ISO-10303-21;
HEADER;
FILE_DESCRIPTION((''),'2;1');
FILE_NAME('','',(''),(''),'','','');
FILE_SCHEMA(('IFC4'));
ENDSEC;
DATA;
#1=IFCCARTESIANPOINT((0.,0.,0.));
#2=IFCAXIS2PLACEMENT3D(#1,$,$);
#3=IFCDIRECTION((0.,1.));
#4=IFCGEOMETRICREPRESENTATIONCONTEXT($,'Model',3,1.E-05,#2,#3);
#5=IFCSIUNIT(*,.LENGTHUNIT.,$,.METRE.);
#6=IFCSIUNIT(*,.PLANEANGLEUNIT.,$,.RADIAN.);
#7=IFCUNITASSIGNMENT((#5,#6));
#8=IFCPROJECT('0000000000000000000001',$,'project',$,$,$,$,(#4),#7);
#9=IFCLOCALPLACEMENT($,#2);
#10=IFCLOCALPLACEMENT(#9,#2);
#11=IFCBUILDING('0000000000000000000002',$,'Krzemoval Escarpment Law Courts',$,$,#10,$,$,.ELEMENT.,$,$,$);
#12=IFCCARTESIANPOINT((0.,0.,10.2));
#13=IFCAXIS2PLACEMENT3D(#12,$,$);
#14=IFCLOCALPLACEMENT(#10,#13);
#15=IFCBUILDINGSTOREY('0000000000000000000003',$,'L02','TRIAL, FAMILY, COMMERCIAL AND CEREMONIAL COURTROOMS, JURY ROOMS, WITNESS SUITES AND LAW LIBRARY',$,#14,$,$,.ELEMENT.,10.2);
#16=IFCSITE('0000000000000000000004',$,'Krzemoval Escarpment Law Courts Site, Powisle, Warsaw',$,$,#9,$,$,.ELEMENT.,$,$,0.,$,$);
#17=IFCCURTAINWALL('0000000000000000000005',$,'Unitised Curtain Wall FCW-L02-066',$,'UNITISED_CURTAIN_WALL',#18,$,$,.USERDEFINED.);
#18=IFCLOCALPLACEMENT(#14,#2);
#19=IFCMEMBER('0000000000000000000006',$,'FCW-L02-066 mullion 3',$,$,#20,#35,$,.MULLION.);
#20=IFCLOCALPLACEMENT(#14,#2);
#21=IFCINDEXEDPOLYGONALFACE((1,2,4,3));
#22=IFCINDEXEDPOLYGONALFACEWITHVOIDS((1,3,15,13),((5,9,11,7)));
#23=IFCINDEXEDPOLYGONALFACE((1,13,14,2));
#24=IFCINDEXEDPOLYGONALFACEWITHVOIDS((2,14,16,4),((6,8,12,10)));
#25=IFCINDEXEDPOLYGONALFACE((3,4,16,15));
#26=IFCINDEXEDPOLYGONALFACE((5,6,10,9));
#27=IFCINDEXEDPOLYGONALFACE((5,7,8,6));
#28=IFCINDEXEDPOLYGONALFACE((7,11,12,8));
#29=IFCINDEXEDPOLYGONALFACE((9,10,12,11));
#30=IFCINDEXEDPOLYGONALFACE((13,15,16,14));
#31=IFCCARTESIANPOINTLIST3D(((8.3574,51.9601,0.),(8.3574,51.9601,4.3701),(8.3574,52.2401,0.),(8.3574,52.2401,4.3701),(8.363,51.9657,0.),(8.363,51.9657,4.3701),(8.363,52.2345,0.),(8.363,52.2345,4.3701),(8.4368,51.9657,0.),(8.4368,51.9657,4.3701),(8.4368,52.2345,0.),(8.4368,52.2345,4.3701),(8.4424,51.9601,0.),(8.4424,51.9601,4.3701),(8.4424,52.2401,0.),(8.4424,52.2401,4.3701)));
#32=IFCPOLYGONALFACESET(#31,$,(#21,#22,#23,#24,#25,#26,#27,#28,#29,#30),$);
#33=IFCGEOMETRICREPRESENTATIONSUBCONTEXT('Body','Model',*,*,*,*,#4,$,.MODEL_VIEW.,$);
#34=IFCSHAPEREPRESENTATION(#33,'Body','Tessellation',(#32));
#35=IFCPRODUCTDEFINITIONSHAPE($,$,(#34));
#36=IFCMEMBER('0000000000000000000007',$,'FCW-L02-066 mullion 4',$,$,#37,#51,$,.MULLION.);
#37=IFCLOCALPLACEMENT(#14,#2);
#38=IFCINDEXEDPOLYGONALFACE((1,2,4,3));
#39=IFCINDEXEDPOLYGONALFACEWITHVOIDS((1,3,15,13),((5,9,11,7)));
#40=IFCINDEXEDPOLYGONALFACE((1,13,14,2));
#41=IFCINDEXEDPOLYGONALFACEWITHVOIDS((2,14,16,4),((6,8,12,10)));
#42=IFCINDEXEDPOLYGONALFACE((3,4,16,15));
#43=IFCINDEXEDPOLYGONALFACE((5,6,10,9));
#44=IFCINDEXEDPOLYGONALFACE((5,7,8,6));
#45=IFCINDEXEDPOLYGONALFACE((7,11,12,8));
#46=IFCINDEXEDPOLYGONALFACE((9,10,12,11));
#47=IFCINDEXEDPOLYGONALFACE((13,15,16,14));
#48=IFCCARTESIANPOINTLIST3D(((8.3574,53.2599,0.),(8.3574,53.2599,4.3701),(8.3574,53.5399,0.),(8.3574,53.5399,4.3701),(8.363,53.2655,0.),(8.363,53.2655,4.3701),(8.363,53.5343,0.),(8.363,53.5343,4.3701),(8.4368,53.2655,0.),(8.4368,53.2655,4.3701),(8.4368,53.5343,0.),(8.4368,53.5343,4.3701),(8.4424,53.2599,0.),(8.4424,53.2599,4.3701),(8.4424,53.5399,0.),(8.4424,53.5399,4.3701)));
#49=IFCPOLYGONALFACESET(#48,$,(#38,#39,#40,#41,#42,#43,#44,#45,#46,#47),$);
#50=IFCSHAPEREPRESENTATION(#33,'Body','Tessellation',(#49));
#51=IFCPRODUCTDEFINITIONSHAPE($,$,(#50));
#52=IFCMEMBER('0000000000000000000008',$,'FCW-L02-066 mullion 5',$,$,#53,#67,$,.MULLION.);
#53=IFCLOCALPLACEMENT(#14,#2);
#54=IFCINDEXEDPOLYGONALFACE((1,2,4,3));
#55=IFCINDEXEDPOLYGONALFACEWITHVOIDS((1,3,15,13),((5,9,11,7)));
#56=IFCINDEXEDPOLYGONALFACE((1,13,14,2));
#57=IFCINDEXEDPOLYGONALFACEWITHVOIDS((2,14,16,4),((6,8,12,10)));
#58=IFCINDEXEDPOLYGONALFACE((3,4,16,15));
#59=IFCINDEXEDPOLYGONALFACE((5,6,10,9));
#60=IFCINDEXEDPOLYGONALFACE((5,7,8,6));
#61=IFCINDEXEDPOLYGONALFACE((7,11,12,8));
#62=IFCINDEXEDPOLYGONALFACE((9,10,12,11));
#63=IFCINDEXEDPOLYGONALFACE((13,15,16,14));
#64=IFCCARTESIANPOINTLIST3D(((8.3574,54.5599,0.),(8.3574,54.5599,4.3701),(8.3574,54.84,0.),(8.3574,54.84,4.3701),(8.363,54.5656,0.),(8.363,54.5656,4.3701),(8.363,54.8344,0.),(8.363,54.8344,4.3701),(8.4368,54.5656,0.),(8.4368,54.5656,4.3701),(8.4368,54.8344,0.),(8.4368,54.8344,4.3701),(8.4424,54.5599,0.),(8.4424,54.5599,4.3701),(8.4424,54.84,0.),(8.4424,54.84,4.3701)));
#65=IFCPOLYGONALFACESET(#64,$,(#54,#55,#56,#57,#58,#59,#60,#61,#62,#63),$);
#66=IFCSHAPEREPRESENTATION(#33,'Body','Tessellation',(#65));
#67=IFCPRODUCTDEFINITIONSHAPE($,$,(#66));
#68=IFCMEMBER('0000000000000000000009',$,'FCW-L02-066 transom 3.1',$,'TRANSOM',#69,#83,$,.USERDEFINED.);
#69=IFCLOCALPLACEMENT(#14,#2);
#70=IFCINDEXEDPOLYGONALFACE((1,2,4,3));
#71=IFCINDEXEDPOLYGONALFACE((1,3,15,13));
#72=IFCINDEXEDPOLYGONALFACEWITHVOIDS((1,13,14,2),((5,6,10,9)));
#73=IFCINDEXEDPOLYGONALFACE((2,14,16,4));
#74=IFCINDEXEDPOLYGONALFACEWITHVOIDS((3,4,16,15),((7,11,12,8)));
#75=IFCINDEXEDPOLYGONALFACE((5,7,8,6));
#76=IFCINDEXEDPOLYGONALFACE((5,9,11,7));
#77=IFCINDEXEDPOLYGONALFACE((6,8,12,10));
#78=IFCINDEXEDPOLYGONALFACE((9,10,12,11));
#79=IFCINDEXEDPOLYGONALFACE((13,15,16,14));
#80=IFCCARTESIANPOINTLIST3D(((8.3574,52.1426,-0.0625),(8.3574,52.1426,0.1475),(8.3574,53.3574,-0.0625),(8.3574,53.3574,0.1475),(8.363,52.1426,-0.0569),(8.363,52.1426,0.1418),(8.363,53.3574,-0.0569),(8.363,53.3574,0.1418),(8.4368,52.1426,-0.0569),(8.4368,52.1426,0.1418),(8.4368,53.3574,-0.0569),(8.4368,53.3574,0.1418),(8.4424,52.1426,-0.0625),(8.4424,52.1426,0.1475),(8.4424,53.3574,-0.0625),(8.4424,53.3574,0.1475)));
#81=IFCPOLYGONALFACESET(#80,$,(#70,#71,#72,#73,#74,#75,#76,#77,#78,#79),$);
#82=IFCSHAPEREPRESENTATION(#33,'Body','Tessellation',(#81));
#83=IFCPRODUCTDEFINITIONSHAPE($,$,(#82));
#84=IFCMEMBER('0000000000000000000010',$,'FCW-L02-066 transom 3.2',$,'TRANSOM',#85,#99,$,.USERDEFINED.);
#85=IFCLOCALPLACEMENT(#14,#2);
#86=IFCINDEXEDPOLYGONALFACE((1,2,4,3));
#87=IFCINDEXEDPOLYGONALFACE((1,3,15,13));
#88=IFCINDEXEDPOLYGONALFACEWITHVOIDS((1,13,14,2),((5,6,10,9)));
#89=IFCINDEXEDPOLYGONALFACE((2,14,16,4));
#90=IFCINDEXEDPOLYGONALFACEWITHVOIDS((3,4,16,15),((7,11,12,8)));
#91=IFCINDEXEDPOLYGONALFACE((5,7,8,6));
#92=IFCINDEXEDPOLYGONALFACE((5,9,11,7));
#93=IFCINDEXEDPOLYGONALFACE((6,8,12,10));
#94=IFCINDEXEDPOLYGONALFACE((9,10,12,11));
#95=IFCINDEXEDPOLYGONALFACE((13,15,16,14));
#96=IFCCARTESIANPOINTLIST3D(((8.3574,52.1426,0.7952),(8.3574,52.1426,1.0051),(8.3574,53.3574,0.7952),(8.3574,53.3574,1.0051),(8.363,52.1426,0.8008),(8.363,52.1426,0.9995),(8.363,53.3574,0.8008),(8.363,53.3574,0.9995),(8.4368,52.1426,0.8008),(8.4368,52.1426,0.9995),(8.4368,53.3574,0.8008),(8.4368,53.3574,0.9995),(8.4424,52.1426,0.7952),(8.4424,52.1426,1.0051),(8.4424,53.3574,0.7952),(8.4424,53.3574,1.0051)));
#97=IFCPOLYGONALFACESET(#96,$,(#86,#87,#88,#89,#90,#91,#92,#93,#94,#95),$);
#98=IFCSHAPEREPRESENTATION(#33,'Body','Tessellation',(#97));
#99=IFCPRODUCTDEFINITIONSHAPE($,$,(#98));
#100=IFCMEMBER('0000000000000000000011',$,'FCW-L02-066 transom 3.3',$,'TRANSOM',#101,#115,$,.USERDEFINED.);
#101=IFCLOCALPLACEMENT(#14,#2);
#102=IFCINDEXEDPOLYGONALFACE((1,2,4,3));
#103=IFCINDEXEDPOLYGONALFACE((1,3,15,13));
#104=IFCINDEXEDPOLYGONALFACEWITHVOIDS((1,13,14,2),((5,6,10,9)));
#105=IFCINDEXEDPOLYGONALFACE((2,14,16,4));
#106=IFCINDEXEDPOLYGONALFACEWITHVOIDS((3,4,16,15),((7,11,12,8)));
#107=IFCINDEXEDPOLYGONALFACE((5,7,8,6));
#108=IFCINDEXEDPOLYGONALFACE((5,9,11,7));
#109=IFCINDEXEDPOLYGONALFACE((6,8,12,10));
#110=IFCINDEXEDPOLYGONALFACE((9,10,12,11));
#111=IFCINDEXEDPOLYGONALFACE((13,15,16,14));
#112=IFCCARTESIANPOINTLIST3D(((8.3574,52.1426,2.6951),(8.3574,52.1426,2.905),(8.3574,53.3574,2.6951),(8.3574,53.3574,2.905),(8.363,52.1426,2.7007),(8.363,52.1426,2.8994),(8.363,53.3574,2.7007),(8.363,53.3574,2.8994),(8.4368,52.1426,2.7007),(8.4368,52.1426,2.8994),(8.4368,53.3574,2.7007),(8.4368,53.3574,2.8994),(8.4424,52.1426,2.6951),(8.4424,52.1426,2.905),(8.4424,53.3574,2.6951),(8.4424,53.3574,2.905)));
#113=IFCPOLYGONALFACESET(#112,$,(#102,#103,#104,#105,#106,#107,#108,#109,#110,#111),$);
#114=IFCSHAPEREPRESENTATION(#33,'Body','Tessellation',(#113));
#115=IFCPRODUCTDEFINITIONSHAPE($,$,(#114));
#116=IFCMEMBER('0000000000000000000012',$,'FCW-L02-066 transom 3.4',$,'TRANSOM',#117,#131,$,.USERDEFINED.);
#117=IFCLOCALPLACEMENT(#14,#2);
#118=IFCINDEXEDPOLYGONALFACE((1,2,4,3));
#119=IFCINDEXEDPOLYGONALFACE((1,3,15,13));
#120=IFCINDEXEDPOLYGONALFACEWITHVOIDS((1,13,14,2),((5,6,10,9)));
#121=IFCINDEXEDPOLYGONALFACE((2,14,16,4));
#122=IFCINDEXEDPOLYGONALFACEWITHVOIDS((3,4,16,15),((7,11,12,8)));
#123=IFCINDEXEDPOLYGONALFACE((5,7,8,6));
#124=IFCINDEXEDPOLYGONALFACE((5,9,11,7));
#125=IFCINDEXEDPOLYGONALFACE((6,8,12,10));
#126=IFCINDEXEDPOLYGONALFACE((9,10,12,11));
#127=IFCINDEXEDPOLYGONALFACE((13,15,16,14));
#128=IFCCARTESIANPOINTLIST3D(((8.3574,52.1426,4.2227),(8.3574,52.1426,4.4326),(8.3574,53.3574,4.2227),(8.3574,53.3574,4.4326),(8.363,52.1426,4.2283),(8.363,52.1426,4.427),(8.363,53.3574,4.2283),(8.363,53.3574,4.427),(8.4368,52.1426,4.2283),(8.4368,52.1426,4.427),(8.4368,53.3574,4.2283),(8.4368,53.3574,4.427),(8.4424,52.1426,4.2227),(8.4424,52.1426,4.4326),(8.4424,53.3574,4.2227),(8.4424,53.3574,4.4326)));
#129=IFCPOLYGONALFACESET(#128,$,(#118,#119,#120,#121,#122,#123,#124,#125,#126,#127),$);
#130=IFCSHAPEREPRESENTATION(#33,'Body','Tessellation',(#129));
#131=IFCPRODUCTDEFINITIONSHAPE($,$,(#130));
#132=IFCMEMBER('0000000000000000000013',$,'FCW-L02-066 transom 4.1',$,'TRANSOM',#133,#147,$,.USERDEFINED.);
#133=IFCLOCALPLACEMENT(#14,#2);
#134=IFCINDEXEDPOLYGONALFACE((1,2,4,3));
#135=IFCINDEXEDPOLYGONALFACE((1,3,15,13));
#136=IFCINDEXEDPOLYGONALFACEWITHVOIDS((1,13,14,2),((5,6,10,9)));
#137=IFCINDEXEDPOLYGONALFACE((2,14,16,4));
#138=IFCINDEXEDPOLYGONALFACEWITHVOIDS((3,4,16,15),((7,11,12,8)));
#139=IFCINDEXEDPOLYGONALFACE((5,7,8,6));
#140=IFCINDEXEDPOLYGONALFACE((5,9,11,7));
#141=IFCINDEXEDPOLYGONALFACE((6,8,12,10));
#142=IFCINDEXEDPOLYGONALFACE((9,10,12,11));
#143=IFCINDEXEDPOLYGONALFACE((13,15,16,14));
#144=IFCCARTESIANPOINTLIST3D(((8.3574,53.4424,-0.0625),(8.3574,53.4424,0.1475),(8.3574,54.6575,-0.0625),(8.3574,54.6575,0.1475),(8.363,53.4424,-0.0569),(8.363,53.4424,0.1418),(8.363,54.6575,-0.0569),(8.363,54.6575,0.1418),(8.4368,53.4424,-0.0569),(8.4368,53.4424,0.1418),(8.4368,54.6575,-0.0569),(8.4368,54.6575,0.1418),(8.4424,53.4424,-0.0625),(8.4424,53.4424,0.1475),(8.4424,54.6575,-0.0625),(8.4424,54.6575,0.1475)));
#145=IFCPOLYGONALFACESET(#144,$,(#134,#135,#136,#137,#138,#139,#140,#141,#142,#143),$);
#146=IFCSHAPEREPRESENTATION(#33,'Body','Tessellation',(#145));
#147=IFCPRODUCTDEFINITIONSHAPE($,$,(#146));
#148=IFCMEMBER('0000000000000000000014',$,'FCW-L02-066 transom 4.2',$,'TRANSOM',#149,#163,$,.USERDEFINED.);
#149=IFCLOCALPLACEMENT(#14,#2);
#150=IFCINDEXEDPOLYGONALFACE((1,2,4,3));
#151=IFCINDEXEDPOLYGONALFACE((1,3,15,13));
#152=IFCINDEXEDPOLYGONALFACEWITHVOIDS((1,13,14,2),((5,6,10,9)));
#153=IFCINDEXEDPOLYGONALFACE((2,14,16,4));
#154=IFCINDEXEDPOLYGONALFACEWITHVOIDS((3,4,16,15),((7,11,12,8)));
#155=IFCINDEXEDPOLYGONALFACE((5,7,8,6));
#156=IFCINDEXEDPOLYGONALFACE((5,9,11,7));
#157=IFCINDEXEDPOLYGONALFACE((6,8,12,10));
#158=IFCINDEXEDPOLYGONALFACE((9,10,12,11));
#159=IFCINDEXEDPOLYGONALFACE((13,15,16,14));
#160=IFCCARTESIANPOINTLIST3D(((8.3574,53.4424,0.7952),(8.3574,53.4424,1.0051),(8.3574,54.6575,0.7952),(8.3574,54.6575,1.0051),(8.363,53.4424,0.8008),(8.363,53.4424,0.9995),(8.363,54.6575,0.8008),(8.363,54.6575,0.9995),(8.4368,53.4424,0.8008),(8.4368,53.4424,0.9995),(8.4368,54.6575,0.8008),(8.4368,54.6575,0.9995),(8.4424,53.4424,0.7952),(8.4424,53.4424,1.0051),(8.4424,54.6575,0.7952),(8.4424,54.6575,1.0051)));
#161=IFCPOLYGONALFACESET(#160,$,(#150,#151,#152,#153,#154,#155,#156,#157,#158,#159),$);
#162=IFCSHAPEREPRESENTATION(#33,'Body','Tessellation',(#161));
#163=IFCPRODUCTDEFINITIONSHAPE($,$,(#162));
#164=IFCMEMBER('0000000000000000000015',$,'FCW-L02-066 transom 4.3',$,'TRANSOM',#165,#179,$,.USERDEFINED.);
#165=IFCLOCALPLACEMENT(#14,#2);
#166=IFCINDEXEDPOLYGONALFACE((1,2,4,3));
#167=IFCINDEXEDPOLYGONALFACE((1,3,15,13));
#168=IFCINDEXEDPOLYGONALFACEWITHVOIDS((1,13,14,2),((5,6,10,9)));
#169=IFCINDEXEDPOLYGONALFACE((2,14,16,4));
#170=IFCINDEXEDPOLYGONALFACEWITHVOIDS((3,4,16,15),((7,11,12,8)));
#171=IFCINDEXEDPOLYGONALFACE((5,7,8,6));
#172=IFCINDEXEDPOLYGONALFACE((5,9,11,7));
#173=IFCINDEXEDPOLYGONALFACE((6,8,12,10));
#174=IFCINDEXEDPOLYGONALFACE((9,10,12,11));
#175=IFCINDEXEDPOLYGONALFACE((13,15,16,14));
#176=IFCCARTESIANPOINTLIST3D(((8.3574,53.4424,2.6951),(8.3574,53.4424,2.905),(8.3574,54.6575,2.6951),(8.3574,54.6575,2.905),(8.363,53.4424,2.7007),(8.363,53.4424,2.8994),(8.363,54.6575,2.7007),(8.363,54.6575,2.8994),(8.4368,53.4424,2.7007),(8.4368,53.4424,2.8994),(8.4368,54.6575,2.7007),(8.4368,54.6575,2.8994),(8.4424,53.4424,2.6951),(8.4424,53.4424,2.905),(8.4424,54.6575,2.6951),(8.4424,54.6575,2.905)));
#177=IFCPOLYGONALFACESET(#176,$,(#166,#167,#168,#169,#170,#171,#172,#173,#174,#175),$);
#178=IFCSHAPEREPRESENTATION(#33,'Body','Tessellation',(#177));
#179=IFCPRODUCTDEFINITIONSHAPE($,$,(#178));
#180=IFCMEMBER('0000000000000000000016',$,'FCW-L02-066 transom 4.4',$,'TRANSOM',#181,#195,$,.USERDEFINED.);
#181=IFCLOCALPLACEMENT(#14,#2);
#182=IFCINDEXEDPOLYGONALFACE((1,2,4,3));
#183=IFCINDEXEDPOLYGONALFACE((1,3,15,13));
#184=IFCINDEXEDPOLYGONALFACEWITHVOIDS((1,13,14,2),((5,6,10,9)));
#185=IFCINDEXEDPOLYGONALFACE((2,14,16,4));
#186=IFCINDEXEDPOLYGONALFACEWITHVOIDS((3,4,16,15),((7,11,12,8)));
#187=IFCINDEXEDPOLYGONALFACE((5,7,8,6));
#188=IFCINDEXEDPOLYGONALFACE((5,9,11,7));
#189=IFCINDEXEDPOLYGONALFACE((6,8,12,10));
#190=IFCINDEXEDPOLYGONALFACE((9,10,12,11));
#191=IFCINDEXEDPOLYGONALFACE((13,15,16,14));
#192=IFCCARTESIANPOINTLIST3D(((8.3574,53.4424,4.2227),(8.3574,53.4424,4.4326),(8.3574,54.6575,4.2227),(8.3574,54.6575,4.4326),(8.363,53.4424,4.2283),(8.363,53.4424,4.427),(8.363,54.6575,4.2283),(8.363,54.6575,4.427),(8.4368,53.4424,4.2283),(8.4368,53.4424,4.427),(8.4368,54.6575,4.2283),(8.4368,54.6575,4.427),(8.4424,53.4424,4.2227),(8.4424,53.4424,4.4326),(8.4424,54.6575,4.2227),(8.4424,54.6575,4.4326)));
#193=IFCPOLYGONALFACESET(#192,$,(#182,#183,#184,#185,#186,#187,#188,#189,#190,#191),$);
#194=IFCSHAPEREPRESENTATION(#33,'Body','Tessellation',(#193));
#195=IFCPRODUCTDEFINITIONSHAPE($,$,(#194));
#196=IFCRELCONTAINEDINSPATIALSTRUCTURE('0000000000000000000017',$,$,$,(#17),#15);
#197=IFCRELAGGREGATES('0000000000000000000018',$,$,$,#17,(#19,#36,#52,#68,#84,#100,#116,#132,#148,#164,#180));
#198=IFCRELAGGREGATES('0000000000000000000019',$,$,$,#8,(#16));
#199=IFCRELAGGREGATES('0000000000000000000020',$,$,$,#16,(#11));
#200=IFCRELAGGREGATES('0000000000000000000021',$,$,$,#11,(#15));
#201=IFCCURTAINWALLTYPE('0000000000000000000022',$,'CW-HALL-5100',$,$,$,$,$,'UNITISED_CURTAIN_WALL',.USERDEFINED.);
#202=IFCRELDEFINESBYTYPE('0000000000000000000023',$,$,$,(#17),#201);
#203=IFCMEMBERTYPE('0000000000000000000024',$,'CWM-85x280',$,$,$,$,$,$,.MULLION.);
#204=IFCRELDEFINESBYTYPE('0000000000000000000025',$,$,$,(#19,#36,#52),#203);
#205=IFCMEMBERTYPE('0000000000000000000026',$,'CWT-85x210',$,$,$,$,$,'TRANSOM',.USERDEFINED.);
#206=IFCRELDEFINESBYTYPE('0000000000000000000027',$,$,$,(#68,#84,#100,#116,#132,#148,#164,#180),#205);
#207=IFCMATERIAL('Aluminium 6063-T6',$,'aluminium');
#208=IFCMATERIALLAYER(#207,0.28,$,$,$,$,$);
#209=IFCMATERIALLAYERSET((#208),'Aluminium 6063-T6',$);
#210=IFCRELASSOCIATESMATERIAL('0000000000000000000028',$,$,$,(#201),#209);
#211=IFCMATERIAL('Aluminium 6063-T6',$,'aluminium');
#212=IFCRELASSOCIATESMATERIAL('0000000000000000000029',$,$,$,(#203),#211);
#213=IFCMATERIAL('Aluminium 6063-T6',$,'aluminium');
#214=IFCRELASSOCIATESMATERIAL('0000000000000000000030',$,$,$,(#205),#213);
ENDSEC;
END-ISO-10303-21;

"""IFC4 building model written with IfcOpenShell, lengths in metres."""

from ifc_helpers import new_model, si_unit, direction, frame, origin, origin_2d, place, context, subcontext, project, spatial, hollow_rectangle, extrude, material, layer, layer_set, material_profile, profile_set, type_object, element, aggregate, save


model = new_model("IFC4")

# Units and contexts
model_context = context("Model", 3, precision=1e-05, world=origin(), true_north=direction((0.0, 1.0)))
body_context = subcontext(model_context, "Body", "Model", "MODEL_VIEW")
ifc_project = project(units=[si_unit("LENGTHUNIT", "METRE"), si_unit("PLANEANGLEUNIT", "RADIAN")], contexts=[model_context])

# Site, building, storey
site_placement = place(None, origin())
site = spatial("IfcSite", under=ifc_project, at=site_placement, Name="Krzemoval Escarpment Law Courts Site, Powisle, Warsaw", CompositionType="ELEMENT", RefElevation=0.0)
building_placement = place(site_placement, origin())
building = spatial("IfcBuilding", under=site, at=building_placement, Name="Krzemoval Escarpment Law Courts", CompositionType="ELEMENT")
storey_placement = place(building_placement, frame((0.0, 0.0, 10.2)))
storey = spatial("IfcBuildingStorey", under=building, at=storey_placement, Name="L02", Description="TRIAL, FAMILY, COMMERCIAL AND CEREMONIAL COURTROOMS, JURY ROOMS, WITNESS SUITES AND LAW LIBRARY", CompositionType="ELEMENT", Elevation=10.2)

# Curtain wall, members
ifc_material_1 = material(Name="Aluminium 6063-T6", Category="aluminium")
ifc_layer_1 = layer(ifc_material_1, 0.28)
ifc_layer_set_1 = layer_set([ifc_layer_1], Name="Aluminium 6063-T6")
curtain_wall_type = type_object("IfcCurtainWallType", Name="CW-HALL-5100", ElementType="UNITISED_CURTAIN_WALL", PredefinedType="USERDEFINED", material=ifc_layer_set_1)
curtain_wall_placement = place(storey_placement, origin())
curtain_wall = element("IfcCurtainWall", 1, at=curtain_wall_placement, inside=storey, type_object=curtain_wall_type, Name="Unitised Curtain Wall FCW-L02-066", ObjectType="UNITISED_CURTAIN_WALL", PredefinedType="USERDEFINED")
ifc_material_2 = material(Name="Aluminium 6063-T6", Category="aluminium")
ifc_material_profile_1 = material_profile(ifc_material_2, hollow_rectangle(XDim=0.085, YDim=0.28, WallThickness=0.0056, at=origin_2d()), Name="ALU M85x280")
ifc_profile_set_1 = profile_set([ifc_material_profile_1], Name="Aluminium 6063-T6")
member_type_1 = type_object("IfcMemberType", Name="CWM-85x280", PredefinedType="MULLION", material=ifc_profile_set_1)
member_1_placement = place(storey_placement, frame((8.3999, 52.1001, 0.0), z_axis=(0.0, 0.0, 1.0), x_axis=(-1.0, 0.0, 0.0)))
member_1 = element("IfcMember", 2, at=member_1_placement, type_object=member_type_1, Name="FCW-L02-066 mullion 3", PredefinedType="MULLION", context=body_context, shape_type="SweptSolid", body=[
    extrude(hollow_rectangle(XDim=0.085, YDim=0.28, WallThickness=0.0056, at=origin_2d()), origin(), (0.0, 0.0, 1.0), 4.3701),
])
member_2_placement = place(storey_placement, frame((8.3999, 53.3999, 0.0), z_axis=(0.0, 0.0, 1.0), x_axis=(-1.0, 0.0, 0.0)))
member_2 = element("IfcMember", 3, at=member_2_placement, type_object=member_type_1, Name="FCW-L02-066 mullion 4", PredefinedType="MULLION", context=body_context, shape_type="SweptSolid", body=[
    extrude(hollow_rectangle(XDim=0.085, YDim=0.28, WallThickness=0.0056, at=origin_2d()), origin(), (0.0, 0.0, 1.0), 4.3701),
])
member_3_placement = place(storey_placement, frame((8.3999, 54.7, 0.0), z_axis=(0.0, 0.0, 1.0), x_axis=(-1.0, 0.0, 0.0)))
member_3 = element("IfcMember", 4, at=member_3_placement, type_object=member_type_1, Name="FCW-L02-066 mullion 5", PredefinedType="MULLION", context=body_context, shape_type="SweptSolid", body=[
    extrude(hollow_rectangle(XDim=0.085, YDim=0.28, WallThickness=0.0056, at=origin_2d()), origin(), (0.0, 0.0, 1.0), 4.3701),
])
ifc_material_3 = material(Name="Aluminium 6063-T6", Category="aluminium")
ifc_material_profile_2 = material_profile(ifc_material_3, hollow_rectangle(XDim=0.085, YDim=0.21, WallThickness=0.0056, at=origin_2d()), Name="ALU T85x210")
ifc_profile_set_2 = profile_set([ifc_material_profile_2], Name="Aluminium 6063-T6")
member_type_2 = type_object("IfcMemberType", Name="CWT-85x210", ElementType="TRANSOM", PredefinedType="USERDEFINED", material=ifc_profile_set_2)
member_4_placement = place(storey_placement, frame((8.3999, 52.1426, 0.0425), z_axis=(0.0, 1.0, 0.0), x_axis=(-1.0, 0.0, 0.0)))
member_4 = element("IfcMember", 5, at=member_4_placement, type_object=member_type_2, Name="FCW-L02-066 transom 3.1", ObjectType="TRANSOM", PredefinedType="USERDEFINED", context=body_context, shape_type="SweptSolid", body=[
    extrude(hollow_rectangle(XDim=0.085, YDim=0.21, WallThickness=0.0056, at=origin_2d()), origin(), (0.0, 0.0, 1.0), 1.2148),
])
member_5_placement = place(storey_placement, frame((8.3999, 52.1426, 0.9001), z_axis=(0.0, 1.0, 0.0), x_axis=(-1.0, 0.0, 0.0)))
member_5 = element("IfcMember", 6, at=member_5_placement, type_object=member_type_2, Name="FCW-L02-066 transom 3.2", ObjectType="TRANSOM", PredefinedType="USERDEFINED", context=body_context, shape_type="SweptSolid", body=[
    extrude(hollow_rectangle(XDim=0.085, YDim=0.21, WallThickness=0.0056, at=origin_2d()), origin(), (0.0, 0.0, 1.0), 1.2148),
])
member_6_placement = place(storey_placement, frame((8.3999, 52.1426, 2.8), z_axis=(0.0, 1.0, 0.0), x_axis=(-1.0, 0.0, 0.0)))
member_6 = element("IfcMember", 7, at=member_6_placement, type_object=member_type_2, Name="FCW-L02-066 transom 3.3", ObjectType="TRANSOM", PredefinedType="USERDEFINED", context=body_context, shape_type="SweptSolid", body=[
    extrude(hollow_rectangle(XDim=0.085, YDim=0.21, WallThickness=0.0056, at=origin_2d()), origin(), (0.0, 0.0, 1.0), 1.2148),
])
member_7_placement = place(storey_placement, frame((8.3999, 52.1426, 4.3276), z_axis=(0.0, 1.0, 0.0), x_axis=(-1.0, 0.0, 0.0)))
member_7 = element("IfcMember", 8, at=member_7_placement, type_object=member_type_2, Name="FCW-L02-066 transom 3.4", ObjectType="TRANSOM", PredefinedType="USERDEFINED", context=body_context, shape_type="SweptSolid", body=[
    extrude(hollow_rectangle(XDim=0.085, YDim=0.21, WallThickness=0.0056, at=origin_2d()), origin(), (0.0, 0.0, 1.0), 1.2148),
])
member_8_placement = place(storey_placement, frame((8.3999, 53.4424, 0.0425), z_axis=(0.0, 1.0, 0.0), x_axis=(-1.0, 0.0, 0.0)))
member_8 = element("IfcMember", 9, at=member_8_placement, type_object=member_type_2, Name="FCW-L02-066 transom 4.1", ObjectType="TRANSOM", PredefinedType="USERDEFINED", context=body_context, shape_type="SweptSolid", body=[
    extrude(hollow_rectangle(XDim=0.085, YDim=0.21, WallThickness=0.0056, at=origin_2d()), origin(), (0.0, 0.0, 1.0), 1.2151),
])
member_9_placement = place(storey_placement, frame((8.3999, 53.4424, 0.9001), z_axis=(0.0, 1.0, 0.0), x_axis=(-1.0, 0.0, 0.0)))
member_9 = element("IfcMember", 10, at=member_9_placement, type_object=member_type_2, Name="FCW-L02-066 transom 4.2", ObjectType="TRANSOM", PredefinedType="USERDEFINED", context=body_context, shape_type="SweptSolid", body=[
    extrude(hollow_rectangle(XDim=0.085, YDim=0.21, WallThickness=0.0056, at=origin_2d()), origin(), (0.0, 0.0, 1.0), 1.2151),
])
member_10_placement = place(storey_placement, frame((8.3999, 53.4424, 2.8), z_axis=(0.0, 1.0, 0.0), x_axis=(-1.0, 0.0, 0.0)))
member_10 = element("IfcMember", 11, at=member_10_placement, type_object=member_type_2, Name="FCW-L02-066 transom 4.3", ObjectType="TRANSOM", PredefinedType="USERDEFINED", context=body_context, shape_type="SweptSolid", body=[
    extrude(hollow_rectangle(XDim=0.085, YDim=0.21, WallThickness=0.0056, at=origin_2d()), origin(), (0.0, 0.0, 1.0), 1.2151),
])
member_11_placement = place(storey_placement, frame((8.3999, 53.4424, 4.3276), z_axis=(0.0, 1.0, 0.0), x_axis=(-1.0, 0.0, 0.0)))
member_11 = element("IfcMember", 12, at=member_11_placement, type_object=member_type_2, Name="FCW-L02-066 transom 4.4", ObjectType="TRANSOM", PredefinedType="USERDEFINED", context=body_context, shape_type="SweptSolid", body=[
    extrude(hollow_rectangle(XDim=0.085, YDim=0.21, WallThickness=0.0056, at=origin_2d()), origin(), (0.0, 0.0, 1.0), 1.2151),
])
aggregate(curtain_wall, [member_1, member_2, member_3, member_4, member_5, member_6, member_7, member_8, member_9, member_10, member_11])

save(model, "model.ifc")
